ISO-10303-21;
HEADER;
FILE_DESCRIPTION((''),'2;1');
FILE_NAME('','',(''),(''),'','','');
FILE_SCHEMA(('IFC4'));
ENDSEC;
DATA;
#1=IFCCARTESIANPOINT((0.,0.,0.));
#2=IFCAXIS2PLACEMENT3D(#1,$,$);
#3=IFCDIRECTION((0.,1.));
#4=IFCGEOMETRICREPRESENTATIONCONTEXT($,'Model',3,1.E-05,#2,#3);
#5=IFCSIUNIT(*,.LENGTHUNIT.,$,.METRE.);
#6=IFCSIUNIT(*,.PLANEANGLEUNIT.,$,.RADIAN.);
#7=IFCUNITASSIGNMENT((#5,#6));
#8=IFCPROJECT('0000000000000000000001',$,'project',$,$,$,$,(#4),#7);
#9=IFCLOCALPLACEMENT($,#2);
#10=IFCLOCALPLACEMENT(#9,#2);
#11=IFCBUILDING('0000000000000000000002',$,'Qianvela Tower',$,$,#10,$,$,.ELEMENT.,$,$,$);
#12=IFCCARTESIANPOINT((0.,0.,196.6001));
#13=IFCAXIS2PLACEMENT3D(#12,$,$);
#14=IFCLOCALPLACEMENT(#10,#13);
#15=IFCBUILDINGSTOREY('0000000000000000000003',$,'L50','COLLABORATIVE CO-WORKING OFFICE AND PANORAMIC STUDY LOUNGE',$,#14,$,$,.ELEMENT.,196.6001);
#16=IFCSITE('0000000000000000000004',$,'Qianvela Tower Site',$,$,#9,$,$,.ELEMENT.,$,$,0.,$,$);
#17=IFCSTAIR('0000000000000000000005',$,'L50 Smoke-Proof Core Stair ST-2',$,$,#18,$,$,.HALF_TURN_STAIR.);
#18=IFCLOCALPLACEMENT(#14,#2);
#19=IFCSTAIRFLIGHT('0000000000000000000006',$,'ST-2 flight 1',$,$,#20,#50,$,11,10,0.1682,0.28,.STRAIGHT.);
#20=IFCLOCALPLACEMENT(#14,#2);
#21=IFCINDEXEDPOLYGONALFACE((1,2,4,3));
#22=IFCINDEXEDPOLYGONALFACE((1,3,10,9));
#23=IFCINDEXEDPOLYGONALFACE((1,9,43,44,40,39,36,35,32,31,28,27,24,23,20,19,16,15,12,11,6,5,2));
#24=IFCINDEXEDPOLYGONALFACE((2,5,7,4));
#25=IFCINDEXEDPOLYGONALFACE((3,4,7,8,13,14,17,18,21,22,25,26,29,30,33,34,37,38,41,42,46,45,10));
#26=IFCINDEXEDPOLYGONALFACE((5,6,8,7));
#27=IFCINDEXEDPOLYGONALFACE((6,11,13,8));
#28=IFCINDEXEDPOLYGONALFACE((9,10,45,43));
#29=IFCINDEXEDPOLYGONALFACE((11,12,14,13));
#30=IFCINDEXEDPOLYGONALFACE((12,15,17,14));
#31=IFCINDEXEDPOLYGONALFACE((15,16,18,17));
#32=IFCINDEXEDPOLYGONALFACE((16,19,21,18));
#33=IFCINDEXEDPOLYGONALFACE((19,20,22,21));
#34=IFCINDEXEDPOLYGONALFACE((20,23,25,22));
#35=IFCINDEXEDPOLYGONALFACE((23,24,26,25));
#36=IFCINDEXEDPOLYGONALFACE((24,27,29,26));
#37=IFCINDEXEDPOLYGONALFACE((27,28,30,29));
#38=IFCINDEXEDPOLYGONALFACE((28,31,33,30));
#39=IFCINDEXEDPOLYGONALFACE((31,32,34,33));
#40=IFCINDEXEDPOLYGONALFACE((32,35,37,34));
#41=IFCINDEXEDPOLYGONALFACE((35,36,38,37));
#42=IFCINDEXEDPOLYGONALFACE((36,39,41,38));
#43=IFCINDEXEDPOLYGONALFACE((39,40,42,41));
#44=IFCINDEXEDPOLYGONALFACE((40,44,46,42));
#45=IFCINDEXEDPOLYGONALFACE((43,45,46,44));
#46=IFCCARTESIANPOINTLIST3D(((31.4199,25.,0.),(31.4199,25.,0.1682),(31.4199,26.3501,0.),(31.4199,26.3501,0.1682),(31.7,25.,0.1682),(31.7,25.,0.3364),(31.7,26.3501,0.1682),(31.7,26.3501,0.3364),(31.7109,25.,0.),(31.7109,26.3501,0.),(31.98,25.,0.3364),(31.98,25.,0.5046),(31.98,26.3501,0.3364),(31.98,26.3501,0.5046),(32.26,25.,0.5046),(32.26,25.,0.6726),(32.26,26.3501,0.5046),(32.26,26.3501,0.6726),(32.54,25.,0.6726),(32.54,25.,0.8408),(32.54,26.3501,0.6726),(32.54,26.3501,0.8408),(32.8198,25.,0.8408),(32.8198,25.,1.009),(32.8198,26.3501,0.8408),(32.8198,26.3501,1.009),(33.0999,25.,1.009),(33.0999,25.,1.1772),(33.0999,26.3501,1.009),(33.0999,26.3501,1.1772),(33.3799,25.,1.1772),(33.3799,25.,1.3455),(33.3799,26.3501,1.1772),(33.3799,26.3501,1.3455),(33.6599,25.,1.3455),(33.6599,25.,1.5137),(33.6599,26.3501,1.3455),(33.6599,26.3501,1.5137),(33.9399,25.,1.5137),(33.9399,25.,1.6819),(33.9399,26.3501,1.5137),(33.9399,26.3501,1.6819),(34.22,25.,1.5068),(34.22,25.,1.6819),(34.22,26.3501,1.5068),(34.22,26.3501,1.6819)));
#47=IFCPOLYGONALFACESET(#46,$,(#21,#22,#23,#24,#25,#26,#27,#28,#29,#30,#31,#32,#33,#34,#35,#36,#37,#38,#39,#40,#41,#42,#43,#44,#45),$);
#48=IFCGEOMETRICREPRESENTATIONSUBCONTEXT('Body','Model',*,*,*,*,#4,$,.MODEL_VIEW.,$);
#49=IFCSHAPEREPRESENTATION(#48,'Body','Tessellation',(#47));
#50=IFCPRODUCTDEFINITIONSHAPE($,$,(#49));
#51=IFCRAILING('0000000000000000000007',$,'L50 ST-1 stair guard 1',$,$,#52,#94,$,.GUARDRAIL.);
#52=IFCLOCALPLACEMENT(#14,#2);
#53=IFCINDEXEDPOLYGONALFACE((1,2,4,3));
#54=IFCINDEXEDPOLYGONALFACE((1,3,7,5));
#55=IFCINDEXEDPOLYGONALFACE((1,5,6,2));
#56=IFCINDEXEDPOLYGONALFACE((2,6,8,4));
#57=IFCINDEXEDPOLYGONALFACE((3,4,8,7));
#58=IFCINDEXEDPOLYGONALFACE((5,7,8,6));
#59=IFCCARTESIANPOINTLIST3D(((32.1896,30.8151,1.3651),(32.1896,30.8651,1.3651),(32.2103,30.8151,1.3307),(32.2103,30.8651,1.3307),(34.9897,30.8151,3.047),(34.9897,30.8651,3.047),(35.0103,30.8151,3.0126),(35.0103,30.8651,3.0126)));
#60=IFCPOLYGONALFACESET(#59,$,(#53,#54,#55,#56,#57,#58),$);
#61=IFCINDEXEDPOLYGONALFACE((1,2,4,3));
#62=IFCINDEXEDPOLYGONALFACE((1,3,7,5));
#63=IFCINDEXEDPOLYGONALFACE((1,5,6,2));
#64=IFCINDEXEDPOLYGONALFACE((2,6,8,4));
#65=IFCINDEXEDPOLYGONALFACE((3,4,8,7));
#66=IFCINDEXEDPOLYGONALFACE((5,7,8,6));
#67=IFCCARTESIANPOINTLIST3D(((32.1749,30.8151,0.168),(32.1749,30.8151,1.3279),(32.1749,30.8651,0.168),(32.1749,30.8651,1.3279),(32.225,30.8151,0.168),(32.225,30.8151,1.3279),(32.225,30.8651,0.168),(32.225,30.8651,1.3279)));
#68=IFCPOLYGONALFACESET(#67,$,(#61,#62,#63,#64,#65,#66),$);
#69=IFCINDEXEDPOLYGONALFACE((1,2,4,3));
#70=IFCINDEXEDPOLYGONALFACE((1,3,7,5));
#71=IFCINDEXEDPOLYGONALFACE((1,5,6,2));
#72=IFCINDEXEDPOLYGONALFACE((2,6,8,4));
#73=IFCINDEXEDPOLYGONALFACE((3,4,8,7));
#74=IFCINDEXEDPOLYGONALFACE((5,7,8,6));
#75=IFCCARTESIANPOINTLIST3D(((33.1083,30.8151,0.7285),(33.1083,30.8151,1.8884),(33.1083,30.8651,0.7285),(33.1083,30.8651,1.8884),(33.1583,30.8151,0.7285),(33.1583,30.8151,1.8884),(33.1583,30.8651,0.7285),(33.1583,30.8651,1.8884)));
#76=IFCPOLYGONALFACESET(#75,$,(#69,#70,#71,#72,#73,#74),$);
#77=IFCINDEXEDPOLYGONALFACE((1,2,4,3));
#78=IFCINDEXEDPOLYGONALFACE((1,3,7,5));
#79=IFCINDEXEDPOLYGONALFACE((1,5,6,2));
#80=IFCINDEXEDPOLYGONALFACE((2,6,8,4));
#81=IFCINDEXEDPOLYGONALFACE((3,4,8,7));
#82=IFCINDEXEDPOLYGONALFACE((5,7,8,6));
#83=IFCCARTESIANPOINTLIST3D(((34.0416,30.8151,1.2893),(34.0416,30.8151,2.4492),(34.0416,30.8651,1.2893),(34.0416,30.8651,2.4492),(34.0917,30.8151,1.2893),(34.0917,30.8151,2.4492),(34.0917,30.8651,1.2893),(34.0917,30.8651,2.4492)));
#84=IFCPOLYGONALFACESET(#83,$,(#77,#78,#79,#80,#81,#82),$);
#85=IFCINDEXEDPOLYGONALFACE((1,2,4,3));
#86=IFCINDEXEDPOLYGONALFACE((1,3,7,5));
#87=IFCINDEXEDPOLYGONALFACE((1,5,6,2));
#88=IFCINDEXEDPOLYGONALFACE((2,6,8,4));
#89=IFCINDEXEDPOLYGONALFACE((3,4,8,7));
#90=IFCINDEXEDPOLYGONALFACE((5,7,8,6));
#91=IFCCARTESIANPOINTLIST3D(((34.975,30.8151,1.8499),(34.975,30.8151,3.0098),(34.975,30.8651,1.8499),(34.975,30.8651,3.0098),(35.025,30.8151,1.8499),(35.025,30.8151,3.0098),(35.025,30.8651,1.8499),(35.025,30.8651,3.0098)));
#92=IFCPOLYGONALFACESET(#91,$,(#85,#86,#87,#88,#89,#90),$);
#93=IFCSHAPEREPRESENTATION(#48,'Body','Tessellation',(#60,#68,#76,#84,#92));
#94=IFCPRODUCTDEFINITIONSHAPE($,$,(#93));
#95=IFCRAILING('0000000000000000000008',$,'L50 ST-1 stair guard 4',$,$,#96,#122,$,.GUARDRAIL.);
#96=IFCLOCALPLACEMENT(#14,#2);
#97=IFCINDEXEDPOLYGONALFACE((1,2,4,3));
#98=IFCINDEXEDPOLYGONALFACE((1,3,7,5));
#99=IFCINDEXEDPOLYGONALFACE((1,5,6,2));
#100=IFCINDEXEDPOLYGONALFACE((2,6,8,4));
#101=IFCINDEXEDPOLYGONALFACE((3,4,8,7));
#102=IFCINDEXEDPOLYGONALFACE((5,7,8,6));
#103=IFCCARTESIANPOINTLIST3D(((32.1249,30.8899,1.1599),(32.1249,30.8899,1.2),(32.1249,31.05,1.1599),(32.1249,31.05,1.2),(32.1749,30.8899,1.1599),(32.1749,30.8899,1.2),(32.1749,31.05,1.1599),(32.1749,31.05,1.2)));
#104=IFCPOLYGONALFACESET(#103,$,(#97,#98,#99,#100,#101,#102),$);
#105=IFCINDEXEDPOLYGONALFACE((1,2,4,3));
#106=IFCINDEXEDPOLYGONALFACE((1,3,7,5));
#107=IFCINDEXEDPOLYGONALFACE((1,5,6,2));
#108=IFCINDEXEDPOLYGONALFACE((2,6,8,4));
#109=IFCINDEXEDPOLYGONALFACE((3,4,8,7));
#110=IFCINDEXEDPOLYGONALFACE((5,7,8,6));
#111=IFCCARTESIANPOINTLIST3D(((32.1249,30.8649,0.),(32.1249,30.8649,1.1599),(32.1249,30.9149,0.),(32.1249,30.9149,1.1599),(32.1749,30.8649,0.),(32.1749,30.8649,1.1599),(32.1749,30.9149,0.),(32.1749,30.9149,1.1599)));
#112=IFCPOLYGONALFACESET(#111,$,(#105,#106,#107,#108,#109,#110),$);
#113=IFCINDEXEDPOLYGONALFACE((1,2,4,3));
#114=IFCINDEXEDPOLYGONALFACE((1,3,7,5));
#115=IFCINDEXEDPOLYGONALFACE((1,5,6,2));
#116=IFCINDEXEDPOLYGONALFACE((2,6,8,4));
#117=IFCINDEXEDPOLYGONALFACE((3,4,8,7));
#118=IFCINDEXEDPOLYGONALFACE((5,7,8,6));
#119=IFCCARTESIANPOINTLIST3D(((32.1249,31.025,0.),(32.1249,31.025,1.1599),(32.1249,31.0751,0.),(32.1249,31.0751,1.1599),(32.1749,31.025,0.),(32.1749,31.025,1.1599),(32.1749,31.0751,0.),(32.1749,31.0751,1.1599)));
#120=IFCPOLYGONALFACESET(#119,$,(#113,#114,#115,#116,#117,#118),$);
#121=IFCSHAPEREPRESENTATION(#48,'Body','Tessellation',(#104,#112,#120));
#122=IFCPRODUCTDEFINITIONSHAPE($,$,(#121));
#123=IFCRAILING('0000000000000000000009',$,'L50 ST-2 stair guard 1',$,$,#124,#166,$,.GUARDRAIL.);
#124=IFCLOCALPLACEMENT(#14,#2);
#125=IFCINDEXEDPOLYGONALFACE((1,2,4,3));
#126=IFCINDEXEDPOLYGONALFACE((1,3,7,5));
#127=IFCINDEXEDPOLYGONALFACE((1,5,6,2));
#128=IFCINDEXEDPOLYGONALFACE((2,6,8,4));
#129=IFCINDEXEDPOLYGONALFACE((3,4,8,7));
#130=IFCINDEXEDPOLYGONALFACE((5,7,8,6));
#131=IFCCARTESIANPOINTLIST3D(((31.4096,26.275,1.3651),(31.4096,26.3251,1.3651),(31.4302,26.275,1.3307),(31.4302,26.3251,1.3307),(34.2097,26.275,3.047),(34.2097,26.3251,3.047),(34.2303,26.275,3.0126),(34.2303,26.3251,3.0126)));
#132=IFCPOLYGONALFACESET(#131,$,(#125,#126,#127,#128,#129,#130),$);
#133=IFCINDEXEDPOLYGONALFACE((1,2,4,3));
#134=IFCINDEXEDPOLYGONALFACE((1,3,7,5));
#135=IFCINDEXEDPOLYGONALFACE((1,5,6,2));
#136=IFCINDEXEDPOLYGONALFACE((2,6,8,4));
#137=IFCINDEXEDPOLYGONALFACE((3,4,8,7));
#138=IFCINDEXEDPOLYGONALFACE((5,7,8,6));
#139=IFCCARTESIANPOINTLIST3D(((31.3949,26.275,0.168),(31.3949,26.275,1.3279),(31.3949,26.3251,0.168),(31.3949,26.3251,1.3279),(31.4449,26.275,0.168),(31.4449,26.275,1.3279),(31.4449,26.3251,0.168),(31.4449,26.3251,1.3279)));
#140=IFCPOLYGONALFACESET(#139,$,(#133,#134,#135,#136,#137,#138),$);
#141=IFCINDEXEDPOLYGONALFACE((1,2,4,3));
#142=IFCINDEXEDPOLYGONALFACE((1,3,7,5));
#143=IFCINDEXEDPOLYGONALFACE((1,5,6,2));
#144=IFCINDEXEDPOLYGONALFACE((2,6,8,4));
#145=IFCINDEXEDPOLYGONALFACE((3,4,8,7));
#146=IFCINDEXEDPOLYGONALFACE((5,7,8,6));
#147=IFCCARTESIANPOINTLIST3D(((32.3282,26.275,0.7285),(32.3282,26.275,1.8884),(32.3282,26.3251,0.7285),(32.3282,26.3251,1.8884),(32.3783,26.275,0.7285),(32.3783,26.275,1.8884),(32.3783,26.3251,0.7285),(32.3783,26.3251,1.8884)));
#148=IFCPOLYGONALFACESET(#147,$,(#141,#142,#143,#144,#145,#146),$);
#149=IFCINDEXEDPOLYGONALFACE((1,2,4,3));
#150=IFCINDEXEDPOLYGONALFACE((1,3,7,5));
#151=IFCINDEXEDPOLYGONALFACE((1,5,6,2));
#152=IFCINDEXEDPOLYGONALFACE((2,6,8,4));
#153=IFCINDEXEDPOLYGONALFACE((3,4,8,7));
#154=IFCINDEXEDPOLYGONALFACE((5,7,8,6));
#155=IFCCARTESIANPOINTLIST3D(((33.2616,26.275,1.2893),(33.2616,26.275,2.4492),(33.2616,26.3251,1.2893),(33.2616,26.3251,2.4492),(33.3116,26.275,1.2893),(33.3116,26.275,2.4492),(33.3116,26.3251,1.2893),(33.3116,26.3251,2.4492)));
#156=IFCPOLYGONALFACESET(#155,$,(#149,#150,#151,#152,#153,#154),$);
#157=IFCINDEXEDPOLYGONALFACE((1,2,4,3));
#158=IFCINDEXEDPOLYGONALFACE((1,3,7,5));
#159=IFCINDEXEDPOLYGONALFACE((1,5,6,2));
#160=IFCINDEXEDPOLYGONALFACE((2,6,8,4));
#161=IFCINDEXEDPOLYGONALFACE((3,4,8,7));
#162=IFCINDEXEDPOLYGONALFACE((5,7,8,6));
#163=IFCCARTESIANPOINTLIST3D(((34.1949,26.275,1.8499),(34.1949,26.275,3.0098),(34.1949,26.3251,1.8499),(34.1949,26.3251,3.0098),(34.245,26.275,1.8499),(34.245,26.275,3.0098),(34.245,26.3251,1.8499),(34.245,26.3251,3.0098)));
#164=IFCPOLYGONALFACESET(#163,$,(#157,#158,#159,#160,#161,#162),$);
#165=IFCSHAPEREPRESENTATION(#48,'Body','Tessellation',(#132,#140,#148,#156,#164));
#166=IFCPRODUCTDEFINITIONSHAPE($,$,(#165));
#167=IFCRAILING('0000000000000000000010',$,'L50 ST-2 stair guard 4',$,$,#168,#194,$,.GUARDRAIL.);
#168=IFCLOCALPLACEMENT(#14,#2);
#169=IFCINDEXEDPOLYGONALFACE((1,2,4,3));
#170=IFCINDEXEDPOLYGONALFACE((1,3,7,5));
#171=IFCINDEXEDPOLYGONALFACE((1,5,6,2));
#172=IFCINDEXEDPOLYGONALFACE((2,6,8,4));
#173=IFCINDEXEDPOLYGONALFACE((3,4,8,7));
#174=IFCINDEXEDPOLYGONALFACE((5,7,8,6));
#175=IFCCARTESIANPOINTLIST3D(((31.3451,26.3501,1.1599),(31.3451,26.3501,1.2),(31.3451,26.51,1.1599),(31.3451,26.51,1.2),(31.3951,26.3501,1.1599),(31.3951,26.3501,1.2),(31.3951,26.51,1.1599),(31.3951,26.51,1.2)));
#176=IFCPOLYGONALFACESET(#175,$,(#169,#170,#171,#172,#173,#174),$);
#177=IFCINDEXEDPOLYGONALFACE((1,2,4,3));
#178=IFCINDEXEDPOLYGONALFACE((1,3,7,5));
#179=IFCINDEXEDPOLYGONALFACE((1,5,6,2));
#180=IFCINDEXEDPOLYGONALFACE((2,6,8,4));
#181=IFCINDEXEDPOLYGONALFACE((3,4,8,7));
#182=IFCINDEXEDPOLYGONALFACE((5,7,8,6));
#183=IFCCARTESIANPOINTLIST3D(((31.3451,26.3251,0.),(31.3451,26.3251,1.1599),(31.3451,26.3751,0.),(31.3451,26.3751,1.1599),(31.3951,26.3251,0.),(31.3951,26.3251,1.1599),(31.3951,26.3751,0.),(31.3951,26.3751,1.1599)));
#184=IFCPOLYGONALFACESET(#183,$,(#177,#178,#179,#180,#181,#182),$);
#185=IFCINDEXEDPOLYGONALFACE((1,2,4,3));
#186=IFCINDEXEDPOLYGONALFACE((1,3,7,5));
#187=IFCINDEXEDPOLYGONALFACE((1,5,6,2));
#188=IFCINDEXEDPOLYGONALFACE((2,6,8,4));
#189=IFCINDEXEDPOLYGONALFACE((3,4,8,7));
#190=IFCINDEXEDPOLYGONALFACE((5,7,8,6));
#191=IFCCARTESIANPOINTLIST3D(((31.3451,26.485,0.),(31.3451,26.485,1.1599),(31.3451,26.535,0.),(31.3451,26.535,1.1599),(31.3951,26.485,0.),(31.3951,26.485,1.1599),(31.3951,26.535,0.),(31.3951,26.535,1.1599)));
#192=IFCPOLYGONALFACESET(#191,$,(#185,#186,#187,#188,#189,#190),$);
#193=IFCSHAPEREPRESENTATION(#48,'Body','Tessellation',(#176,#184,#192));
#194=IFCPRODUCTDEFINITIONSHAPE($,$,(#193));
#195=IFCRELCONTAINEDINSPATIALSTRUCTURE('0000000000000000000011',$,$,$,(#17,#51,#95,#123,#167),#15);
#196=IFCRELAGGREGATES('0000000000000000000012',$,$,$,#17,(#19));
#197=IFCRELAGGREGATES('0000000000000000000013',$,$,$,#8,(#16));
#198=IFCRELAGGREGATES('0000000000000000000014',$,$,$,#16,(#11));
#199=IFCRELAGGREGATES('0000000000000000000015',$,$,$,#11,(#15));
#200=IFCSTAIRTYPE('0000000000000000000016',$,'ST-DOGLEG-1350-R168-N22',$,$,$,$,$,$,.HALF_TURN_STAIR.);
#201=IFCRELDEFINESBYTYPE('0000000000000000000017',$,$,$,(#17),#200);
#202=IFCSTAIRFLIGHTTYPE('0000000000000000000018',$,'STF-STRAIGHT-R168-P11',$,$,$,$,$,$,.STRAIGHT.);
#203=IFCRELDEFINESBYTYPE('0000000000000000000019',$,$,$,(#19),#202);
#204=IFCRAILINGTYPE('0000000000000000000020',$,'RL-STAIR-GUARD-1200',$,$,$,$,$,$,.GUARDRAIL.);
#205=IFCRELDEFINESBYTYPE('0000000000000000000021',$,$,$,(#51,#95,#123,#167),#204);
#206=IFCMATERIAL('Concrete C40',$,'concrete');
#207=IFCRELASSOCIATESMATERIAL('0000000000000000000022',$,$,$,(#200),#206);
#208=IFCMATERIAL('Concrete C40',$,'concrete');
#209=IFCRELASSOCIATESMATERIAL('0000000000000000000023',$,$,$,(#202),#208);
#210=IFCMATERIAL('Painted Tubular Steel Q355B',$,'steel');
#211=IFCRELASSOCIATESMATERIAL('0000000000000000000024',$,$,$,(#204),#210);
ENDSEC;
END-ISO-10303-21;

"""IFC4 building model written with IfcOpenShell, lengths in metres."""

from ifc_helpers import new_model, si_unit, direction, frame, origin, origin_2d, place, context, subcontext, project, spatial, polyline, rectangle, outline, extrude, material, type_object, element, aggregate, save


model = new_model("IFC4")

# Units and contexts
model_context = context("Model", 3, precision=1e-05, world=origin(), true_north=direction((0.0, 1.0)))
body_context = subcontext(model_context, "Body", "Model", "MODEL_VIEW")
ifc_project = project(units=[si_unit("LENGTHUNIT", "METRE"), si_unit("PLANEANGLEUNIT", "RADIAN")], contexts=[model_context])

# Site, building, storey
site_placement = place(None, origin())
site = spatial("IfcSite", under=ifc_project, at=site_placement, Name="Qianvela Tower Site", CompositionType="ELEMENT", RefElevation=0.0)
building_placement = place(site_placement, origin())
building = spatial("IfcBuilding", under=site, at=building_placement, Name="Qianvela Tower", CompositionType="ELEMENT")
storey_placement = place(building_placement, frame((0.0, 0.0, 196.6001)))
storey = spatial("IfcBuildingStorey", under=building, at=storey_placement, Name="L50", Description="COLLABORATIVE CO-WORKING OFFICE AND PANORAMIC STUDY LOUNGE", CompositionType="ELEMENT", Elevation=196.6001)

# Stair, stair flight
ifc_material_1 = material(Name="Concrete C40", Category="concrete")
stair_type = type_object("IfcStairType", Name="ST-DOGLEG-1350-R168-N22", PredefinedType="HALF_TURN_STAIR", material=ifc_material_1)
ifc_material_2 = material(Name="Concrete C40", Category="concrete")
stair_flight_type = type_object("IfcStairFlightType", Name="STF-STRAIGHT-R168-P11", PredefinedType="STRAIGHT", material=ifc_material_2)
stair_1_placement = place(storey_placement, origin())
stair_1 = element("IfcStair", 1, at=stair_1_placement, inside=storey, type_object=stair_type, Name="L50 Smoke-Proof Core Stair ST-2", PredefinedType="HALF_TURN_STAIR")
stair_flight_1_placement = place(storey_placement, frame((31.4199, 25.675, 0.0), z_axis=(0.0, 0.0, 1.0), x_axis=(1.0, 0.0, 0.0)))
stair_flight_1 = element("IfcStairFlight", 2, at=stair_flight_1_placement, type_object=stair_flight_type, Name="ST-2 flight 1", NumberOfRisers=11, NumberOfTreads=10, PredefinedType="STRAIGHT", RiserHeight=0.1682, TreadLength=0.28, context=body_context, shape_type="SweptSolid", body=[
    extrude(outline(polyline([(0.0, 0.0), (0.0, 0.1682), (0.28, 0.1682), (0.28, 0.3364), (0.5601, 0.3364), (0.5601, 0.5046), (0.8401, 0.5046), (0.8401, 0.6726), (1.1201, 0.6726), (1.1201, 0.8408), (1.3999, 0.8408), (1.3999, 1.009), (1.6799, 1.009), (1.6799, 1.1772), (1.96, 1.1772), (1.96, 1.3455), (2.24, 1.3455), (2.24, 1.5137), (2.52, 1.5137), (2.52, 1.6819), (2.8, 1.6819), (2.8, 1.8501), (2.8, 1.5068), (0.291, 0.0), (0.0, 0.0)])), frame((0.0, 0.675, 0.0), z_axis=(0.0, -1.0, 0.0), x_axis=(1.0, 0.0, 0.0)), (0.0, 0.0, 1.0), 1.3501),
])
aggregate(stair_1, [stair_flight_1])

# Railings
ifc_material_3 = material(Name="Painted Tubular Steel Q355B", Category="steel")
railing_type_1 = type_object("IfcRailingType", Name="RL-STAIR-GUARD-1200", PredefinedType="GUARDRAIL", material=ifc_material_3)
railing_1_placement = place(storey_placement, frame((32.2, 30.8401, 0.168)))
element("IfcRailing", 3, at=railing_1_placement, inside=storey, type_object=railing_type_1, Name="L50 ST-1 stair guard 1", PredefinedType="GUARDRAIL", context=body_context, shape_type="SweptSolid", body=[
    extrude(rectangle(XDim=0.05, YDim=0.04, at=origin_2d()), frame((0.0, 0.0, 1.1799), z_axis=(0.857242, 0.0, 0.514913), x_axis=(0.0, 1.0, 0.0)), (0.0, 0.0, 1.0), 3.2664),
    extrude(rectangle(XDim=0.05, YDim=0.05, at=origin_2d()), origin(), (0.0, 0.0, 1.0), 1.1599),
    extrude(rectangle(XDim=0.05, YDim=0.05, at=origin_2d()), frame((0.9333, 0.0, 0.5605)), (0.0, 0.0, 1.0), 1.1599),
    extrude(rectangle(XDim=0.05, YDim=0.05, at=origin_2d()), frame((1.8667, 0.0, 1.1213)), (0.0, 0.0, 1.0), 1.1599),
    extrude(rectangle(XDim=0.05, YDim=0.05, at=origin_2d()), frame((2.8, 0.0, 1.6819)), (0.0, 0.0, 1.0), 1.1599),
])
railing_2_placement = place(storey_placement, frame((32.1499, 30.8899, 0.0)))
element("IfcRailing", 4, at=railing_2_placement, inside=storey, type_object=railing_type_1, Name="L50 ST-1 stair guard 4", PredefinedType="GUARDRAIL", context=body_context, shape_type="SweptSolid", body=[
    extrude(rectangle(XDim=0.05, YDim=0.04, at=origin_2d()), frame((0.0, 0.0, 1.1799), z_axis=(0.0, 1.0, 0.0), x_axis=(-1.0, 0.0, 0.0)), (0.0, 0.0, 1.0), 0.1602),
    extrude(rectangle(XDim=0.05, YDim=0.05, at=origin_2d()), origin(), (0.0, 0.0, 1.0), 1.1599),
    extrude(rectangle(XDim=0.05, YDim=0.05, at=origin_2d()), frame((0.0, 0.1602, 0.0)), (0.0, 0.0, 1.0), 1.1599),
])
railing_3_placement = place(storey_placement, frame((31.4199, 26.3, 0.168)))
element("IfcRailing", 5, at=railing_3_placement, inside=storey, type_object=railing_type_1, Name="L50 ST-2 stair guard 1", PredefinedType="GUARDRAIL", context=body_context, shape_type="SweptSolid", body=[
    extrude(rectangle(XDim=0.05, YDim=0.04, at=origin_2d()), frame((0.0, 0.0, 1.1799), z_axis=(0.857242, 0.0, 0.514913), x_axis=(0.0, 1.0, 0.0)), (0.0, 0.0, 1.0), 3.2664),
    extrude(rectangle(XDim=0.05, YDim=0.05, at=origin_2d()), origin(), (0.0, 0.0, 1.0), 1.1599),
    extrude(rectangle(XDim=0.05, YDim=0.05, at=origin_2d()), frame((0.9333, 0.0, 0.5605)), (0.0, 0.0, 1.0), 1.1599),
    extrude(rectangle(XDim=0.05, YDim=0.05, at=origin_2d()), frame((1.8667, 0.0, 1.1213)), (0.0, 0.0, 1.0), 1.1599),
    extrude(rectangle(XDim=0.05, YDim=0.05, at=origin_2d()), frame((2.8, 0.0, 1.6819)), (0.0, 0.0, 1.0), 1.1599),
])
railing_4_placement = place(storey_placement, frame((31.3701, 26.3501, 0.0)))
element("IfcRailing", 6, at=railing_4_placement, inside=storey, type_object=railing_type_1, Name="L50 ST-2 stair guard 4", PredefinedType="GUARDRAIL", context=body_context, shape_type="SweptSolid", body=[
    extrude(rectangle(XDim=0.05, YDim=0.04, at=origin_2d()), frame((0.0, 0.0, 1.1799), z_axis=(0.0, 1.0, 0.0), x_axis=(-1.0, 0.0, 0.0)), (0.0, 0.0, 1.0), 0.1599),
    extrude(rectangle(XDim=0.05, YDim=0.05, at=origin_2d()), origin(), (0.0, 0.0, 1.0), 1.1599),
    extrude(rectangle(XDim=0.05, YDim=0.05, at=origin_2d()), frame((0.0, 0.1599, 0.0)), (0.0, 0.0, 1.0), 1.1599),
])

save(model, "model.ifc")
